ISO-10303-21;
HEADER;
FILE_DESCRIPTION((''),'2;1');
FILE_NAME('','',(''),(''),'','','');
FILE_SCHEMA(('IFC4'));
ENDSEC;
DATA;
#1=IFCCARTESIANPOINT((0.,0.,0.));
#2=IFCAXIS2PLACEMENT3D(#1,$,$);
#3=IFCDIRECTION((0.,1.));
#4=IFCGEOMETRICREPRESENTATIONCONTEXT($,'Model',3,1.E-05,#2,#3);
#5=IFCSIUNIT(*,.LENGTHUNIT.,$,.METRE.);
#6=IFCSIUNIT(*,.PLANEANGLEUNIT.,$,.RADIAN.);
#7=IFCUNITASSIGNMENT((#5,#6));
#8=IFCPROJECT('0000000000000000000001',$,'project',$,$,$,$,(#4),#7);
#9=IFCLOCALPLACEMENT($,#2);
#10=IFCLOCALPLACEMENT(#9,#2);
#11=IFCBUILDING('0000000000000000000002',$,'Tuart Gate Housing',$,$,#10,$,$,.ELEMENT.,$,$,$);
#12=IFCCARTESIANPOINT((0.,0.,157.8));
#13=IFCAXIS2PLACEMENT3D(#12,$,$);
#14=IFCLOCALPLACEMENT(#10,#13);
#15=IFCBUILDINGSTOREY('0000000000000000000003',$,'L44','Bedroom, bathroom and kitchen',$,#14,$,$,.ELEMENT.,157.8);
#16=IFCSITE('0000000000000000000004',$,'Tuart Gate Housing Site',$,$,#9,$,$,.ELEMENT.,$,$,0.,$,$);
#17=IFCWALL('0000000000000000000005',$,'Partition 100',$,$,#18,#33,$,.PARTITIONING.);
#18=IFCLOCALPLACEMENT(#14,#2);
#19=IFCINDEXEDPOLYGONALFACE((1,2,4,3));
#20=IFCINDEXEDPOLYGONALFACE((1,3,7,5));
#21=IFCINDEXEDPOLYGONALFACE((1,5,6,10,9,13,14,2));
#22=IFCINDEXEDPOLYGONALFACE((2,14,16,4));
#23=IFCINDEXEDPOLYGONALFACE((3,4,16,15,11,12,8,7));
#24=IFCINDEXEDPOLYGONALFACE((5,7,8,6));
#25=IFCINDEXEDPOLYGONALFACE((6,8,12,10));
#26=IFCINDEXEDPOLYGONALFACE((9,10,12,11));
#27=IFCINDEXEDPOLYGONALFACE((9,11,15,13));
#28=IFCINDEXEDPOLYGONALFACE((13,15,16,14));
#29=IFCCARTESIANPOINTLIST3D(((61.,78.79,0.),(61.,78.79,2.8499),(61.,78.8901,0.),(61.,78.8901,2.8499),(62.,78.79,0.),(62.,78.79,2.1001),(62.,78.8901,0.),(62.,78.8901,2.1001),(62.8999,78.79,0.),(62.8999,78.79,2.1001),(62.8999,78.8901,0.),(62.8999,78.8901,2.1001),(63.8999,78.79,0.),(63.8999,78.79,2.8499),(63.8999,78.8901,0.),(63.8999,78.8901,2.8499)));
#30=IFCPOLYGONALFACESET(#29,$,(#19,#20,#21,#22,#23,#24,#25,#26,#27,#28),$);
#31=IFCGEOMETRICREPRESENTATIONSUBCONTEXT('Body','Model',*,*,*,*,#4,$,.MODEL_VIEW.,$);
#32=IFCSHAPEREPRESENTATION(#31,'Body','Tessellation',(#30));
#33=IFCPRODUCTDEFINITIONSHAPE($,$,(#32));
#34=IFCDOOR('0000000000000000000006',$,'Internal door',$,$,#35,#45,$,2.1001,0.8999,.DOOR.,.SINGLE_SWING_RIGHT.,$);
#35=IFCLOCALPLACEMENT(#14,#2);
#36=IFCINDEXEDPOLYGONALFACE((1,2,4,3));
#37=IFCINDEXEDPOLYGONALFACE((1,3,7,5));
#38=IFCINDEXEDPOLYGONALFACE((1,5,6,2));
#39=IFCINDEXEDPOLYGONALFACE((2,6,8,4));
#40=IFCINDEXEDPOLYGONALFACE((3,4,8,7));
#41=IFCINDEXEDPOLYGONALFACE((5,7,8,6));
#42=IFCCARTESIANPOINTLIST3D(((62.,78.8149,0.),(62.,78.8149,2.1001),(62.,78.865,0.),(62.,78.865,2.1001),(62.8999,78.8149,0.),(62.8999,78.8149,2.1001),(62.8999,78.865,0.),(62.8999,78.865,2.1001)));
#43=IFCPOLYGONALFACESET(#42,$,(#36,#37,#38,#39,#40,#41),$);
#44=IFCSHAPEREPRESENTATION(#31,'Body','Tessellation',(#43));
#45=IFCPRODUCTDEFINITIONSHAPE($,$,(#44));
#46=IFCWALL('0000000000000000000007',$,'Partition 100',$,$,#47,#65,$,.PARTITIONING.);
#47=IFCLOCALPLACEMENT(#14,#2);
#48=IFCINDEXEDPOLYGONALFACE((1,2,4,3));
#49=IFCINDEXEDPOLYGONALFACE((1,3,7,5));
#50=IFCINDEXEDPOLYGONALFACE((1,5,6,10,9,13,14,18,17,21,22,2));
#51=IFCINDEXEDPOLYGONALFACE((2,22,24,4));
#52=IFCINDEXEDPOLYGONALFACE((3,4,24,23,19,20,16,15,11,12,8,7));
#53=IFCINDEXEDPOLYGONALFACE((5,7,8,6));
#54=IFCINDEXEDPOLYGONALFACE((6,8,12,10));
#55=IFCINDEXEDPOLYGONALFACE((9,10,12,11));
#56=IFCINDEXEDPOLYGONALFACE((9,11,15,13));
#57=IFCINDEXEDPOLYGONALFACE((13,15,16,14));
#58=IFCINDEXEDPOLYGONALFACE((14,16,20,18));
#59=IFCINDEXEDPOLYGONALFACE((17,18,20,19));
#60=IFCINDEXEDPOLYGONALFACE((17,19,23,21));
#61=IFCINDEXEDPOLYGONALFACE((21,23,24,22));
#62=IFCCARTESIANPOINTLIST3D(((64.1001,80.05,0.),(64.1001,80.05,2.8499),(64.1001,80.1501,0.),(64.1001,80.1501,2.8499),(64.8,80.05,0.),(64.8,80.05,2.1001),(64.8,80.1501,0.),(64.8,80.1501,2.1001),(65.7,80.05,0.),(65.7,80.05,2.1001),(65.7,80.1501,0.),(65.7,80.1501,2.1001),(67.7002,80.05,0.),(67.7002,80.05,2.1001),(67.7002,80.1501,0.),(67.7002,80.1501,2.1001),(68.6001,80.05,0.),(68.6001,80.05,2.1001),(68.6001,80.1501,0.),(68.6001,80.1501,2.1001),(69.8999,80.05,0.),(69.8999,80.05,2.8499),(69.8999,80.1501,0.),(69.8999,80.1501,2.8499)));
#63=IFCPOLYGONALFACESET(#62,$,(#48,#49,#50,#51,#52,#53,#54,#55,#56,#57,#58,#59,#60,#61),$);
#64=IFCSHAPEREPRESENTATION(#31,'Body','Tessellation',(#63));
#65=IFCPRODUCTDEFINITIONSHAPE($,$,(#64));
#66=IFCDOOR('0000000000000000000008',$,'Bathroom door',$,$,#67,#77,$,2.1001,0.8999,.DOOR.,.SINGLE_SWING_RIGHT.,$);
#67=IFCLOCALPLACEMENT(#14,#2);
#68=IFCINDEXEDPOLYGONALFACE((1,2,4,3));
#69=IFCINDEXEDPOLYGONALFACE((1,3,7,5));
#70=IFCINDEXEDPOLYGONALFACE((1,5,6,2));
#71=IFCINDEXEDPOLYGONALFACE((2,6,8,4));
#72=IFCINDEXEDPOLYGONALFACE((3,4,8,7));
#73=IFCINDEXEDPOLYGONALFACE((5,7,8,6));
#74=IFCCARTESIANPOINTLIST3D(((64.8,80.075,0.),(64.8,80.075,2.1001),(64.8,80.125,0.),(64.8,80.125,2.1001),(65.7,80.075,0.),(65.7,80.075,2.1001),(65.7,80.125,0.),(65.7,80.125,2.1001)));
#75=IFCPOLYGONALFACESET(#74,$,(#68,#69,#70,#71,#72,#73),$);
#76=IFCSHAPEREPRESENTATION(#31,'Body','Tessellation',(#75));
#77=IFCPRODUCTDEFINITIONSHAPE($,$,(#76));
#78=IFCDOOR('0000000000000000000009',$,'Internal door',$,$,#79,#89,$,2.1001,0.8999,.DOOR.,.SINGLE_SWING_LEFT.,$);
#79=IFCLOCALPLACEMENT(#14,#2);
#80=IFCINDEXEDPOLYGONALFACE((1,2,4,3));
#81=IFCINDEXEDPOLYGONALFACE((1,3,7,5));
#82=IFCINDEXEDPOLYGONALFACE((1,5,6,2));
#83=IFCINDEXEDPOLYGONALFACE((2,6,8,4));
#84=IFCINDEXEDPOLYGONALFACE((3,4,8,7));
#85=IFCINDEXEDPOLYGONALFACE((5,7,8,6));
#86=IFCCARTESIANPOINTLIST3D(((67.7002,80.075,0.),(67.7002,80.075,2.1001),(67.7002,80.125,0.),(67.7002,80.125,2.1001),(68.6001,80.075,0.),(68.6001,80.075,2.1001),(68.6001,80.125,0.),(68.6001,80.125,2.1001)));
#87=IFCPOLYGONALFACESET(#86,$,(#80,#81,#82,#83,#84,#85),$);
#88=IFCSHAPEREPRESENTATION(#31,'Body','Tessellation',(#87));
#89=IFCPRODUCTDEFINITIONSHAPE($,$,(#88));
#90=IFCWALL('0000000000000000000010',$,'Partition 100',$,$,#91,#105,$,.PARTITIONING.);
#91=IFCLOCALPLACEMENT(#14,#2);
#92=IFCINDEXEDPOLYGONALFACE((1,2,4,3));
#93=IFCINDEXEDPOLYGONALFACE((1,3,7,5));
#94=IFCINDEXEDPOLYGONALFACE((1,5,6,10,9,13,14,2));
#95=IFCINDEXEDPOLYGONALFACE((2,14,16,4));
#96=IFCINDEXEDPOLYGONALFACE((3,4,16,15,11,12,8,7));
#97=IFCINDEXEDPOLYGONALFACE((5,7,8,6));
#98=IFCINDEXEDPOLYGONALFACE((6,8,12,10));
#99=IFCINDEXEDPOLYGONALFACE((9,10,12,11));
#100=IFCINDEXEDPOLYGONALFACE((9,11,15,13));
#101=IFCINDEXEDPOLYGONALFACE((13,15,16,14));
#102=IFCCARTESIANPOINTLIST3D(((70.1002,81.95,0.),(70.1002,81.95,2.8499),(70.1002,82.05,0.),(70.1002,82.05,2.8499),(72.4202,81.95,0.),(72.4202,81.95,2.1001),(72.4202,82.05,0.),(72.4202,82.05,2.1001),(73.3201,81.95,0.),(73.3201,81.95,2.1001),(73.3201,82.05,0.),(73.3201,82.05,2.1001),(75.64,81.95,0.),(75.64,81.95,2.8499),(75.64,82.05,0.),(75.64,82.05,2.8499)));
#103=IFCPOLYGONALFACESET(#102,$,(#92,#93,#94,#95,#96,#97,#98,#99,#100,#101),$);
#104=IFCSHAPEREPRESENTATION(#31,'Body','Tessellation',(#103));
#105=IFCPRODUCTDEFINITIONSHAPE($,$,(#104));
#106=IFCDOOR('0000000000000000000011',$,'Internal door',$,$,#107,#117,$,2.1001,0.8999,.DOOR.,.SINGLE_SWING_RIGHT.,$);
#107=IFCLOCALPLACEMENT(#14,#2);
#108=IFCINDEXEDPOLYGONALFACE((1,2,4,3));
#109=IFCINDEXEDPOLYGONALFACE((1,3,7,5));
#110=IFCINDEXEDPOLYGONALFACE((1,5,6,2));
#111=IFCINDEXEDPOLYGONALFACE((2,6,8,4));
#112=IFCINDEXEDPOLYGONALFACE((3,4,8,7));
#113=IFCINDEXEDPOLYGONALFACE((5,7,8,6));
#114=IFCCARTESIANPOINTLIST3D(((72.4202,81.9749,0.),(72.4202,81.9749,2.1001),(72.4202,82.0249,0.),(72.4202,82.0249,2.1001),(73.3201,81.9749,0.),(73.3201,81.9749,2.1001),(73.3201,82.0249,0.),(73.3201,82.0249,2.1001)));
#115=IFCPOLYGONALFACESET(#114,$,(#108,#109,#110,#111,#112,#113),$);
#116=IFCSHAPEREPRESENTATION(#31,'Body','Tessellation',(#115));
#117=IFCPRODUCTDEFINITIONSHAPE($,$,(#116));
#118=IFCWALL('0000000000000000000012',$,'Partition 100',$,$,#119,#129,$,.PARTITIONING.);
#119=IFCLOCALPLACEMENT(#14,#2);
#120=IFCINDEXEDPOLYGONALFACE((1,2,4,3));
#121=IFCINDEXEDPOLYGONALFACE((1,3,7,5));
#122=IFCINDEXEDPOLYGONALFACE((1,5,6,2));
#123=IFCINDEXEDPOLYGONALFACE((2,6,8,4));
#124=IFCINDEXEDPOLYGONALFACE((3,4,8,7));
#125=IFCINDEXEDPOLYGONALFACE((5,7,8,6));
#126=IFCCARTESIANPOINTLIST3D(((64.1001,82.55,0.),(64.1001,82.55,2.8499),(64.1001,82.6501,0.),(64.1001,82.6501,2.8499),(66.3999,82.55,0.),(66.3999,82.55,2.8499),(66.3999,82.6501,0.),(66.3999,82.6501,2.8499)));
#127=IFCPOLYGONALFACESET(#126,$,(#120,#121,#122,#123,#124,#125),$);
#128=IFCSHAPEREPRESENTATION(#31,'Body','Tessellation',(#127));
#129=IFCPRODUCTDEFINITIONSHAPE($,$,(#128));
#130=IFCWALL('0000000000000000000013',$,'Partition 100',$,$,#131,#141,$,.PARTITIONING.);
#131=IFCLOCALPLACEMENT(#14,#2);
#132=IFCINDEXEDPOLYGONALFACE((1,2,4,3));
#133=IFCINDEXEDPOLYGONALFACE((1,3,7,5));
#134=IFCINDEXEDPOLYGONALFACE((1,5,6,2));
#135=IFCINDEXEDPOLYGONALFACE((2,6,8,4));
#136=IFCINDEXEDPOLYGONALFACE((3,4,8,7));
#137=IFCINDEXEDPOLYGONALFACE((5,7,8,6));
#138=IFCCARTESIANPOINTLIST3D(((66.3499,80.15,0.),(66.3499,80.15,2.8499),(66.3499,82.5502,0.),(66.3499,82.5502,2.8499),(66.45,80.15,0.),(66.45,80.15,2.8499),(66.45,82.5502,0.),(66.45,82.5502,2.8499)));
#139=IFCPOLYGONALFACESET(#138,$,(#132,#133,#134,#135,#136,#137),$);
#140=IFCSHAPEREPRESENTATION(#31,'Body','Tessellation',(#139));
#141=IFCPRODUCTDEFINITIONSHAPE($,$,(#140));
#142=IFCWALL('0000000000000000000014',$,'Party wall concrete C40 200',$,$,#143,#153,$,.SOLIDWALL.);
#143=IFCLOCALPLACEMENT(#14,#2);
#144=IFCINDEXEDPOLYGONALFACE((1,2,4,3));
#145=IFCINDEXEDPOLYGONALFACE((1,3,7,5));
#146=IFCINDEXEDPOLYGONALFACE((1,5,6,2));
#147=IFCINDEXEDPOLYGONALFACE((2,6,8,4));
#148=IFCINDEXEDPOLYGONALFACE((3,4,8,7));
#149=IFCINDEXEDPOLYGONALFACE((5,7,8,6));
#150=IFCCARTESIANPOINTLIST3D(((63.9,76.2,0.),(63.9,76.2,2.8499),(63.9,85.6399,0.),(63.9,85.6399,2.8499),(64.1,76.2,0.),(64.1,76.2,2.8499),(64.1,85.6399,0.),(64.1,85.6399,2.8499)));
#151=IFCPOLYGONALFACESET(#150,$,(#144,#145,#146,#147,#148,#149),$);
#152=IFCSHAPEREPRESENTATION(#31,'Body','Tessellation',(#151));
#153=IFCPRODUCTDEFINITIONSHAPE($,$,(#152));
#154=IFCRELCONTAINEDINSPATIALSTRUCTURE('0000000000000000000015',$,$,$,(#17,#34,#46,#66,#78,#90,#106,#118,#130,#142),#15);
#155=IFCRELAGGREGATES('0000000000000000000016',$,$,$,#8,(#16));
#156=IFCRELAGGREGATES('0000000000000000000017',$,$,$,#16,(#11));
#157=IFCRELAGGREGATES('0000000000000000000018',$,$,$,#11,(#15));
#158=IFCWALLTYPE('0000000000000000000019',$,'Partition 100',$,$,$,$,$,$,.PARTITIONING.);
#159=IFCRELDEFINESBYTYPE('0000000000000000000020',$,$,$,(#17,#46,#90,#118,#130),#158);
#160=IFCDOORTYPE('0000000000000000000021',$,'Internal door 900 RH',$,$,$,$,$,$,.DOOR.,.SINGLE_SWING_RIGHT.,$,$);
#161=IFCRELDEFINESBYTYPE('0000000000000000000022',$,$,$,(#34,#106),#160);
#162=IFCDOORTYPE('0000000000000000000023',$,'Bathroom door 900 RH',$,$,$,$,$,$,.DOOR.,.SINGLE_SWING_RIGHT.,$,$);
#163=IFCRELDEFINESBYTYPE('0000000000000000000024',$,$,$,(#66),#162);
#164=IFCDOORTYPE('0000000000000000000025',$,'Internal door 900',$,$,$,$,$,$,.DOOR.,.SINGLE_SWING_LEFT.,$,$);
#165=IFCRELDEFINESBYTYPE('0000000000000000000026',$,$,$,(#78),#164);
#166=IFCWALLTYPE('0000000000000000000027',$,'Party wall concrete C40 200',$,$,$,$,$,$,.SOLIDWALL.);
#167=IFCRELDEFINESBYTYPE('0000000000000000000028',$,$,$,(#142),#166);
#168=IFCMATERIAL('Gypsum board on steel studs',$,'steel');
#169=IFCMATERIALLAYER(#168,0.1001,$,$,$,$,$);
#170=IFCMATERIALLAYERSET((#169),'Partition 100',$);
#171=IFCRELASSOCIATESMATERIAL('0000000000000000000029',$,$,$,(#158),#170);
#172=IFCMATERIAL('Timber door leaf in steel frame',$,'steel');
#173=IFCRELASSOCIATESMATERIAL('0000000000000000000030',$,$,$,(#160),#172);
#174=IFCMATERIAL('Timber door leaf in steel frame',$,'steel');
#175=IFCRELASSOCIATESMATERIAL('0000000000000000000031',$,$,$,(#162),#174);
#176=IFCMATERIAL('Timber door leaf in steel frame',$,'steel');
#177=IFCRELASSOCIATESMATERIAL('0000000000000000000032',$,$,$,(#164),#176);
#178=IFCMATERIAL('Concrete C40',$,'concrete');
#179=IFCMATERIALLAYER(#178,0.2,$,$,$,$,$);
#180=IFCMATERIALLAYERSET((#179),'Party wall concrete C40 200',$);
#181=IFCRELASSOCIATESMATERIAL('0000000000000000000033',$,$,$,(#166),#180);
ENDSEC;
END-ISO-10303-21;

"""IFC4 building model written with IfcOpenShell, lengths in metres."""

from ifc_helpers import new_model, si_unit, direction, frame, frame_2d, origin, place, context, subcontext, project, spatial, rectangle, extrude, material, layer, layer_set, type_object, element, fill, save


model = new_model("IFC4")

# Units and contexts
model_context = context("Model", 3, precision=1e-05, world=origin(), true_north=direction((0.0, 1.0)))
body_context = subcontext(model_context, "Body", "Model", "MODEL_VIEW")
ifc_project = project(units=[si_unit("LENGTHUNIT", "METRE"), si_unit("PLANEANGLEUNIT", "RADIAN")], contexts=[model_context])

# Site, building, storey
site_placement = place(None, origin())
site = spatial("IfcSite", under=ifc_project, at=site_placement, Name="Tuart Gate Housing Site", CompositionType="ELEMENT", RefElevation=0.0)
building_placement = place(site_placement, origin())
building = spatial("IfcBuilding", under=site, at=building_placement, Name="Tuart Gate Housing", CompositionType="ELEMENT")
storey_placement = place(building_placement, frame((0.0, 0.0, 157.8)))
storey = spatial("IfcBuildingStorey", under=building, at=storey_placement, Name="L44", Description="Bedroom, bathroom and kitchen", CompositionType="ELEMENT", Elevation=157.8)

# Wall, opening, door
ifc_material_1 = material(Name="Gypsum board on steel studs", Category="steel")
ifc_layer_1 = layer(ifc_material_1, 0.1001)
ifc_layer_set_1 = layer_set([ifc_layer_1], Name="Partition 100")
wall_type_1 = type_object("IfcWallType", Name="Partition 100", PredefinedType="PARTITIONING", material=ifc_layer_set_1)
wall_1_placement = place(storey_placement, frame((61.0, 78.8401, 0.0), z_axis=(0.0, 0.0, 1.0), x_axis=(1.0, 0.0, 0.0)))
wall_1 = element("IfcWall", 1, at=wall_1_placement, inside=storey, type_object=wall_type_1, Name="Partition 100", PredefinedType="PARTITIONING", context=body_context, shape_type="SweptSolid", body=[
    extrude(rectangle(XDim=2.8999, YDim=0.1001, at=frame_2d((1.45, 0.0))), origin(), (0.0, 0.0, 1.0), 2.8499),
])
opening_1_placement = place(wall_1_placement, frame((1.0, 0.0, 0.0)))
opening_1 = element("IfcOpeningElement", 2, at=opening_1_placement, cuts=wall_1, PredefinedType="OPENING", context=body_context, shape_type="SweptSolid", body=[
    extrude(rectangle(XDim=0.8999, YDim=2.1001, at=frame_2d((0.45, 1.05))), frame((0.0, 0.0601, 0.0), z_axis=(0.0, -1.0, 0.0), x_axis=(1.0, 0.0, 0.0)), (0.0, 0.0, 1.0), 0.1201),
])
ifc_material_2 = material(Name="Timber door leaf in steel frame", Category="steel")
door_type_1 = type_object("IfcDoorType", Name="Internal door 900 RH", OperationType="SINGLE_SWING_RIGHT", PredefinedType="DOOR", material=ifc_material_2)
door_1_placement = place(opening_1_placement, frame((0.8999, 0.0, 0.0), z_axis=(0.0, 0.0, 1.0), x_axis=(-1.0, 0.0, 0.0)))
door_1 = element("IfcDoor", 3, at=door_1_placement, inside=storey, type_object=door_type_1, Name="Internal door", OperationType="SINGLE_SWING_RIGHT", OverallHeight=2.1001, OverallWidth=0.8999, PredefinedType="DOOR", context=body_context, shape_type="SweptSolid", body=[
    extrude(rectangle(XDim=0.8999, YDim=2.1001, at=frame_2d((0.45, 1.05))), frame((0.0, 0.0251, 0.0), z_axis=(0.0, -1.0, 0.0), x_axis=(1.0, 0.0, 0.0)), (0.0, 0.0, 1.0), 0.05),
])
fill(opening_1, door_1)

# Wall, openings, doors
wall_2_placement = place(storey_placement, frame((64.1001, 80.1001, 0.0), z_axis=(0.0, 0.0, 1.0), x_axis=(1.0, 0.0, 0.0)))
wall_2 = element("IfcWall", 4, at=wall_2_placement, inside=storey, type_object=wall_type_1, Name="Partition 100", PredefinedType="PARTITIONING", context=body_context, shape_type="SweptSolid", body=[
    extrude(rectangle(XDim=5.7998, YDim=0.1001, at=frame_2d((2.8999, 0.0))), origin(), (0.0, 0.0, 1.0), 2.8499),
])
opening_2_placement = place(wall_2_placement, frame((3.6001, 0.0, 0.0)))
opening_2 = element("IfcOpeningElement", 5, at=opening_2_placement, cuts=wall_2, PredefinedType="OPENING", context=body_context, shape_type="SweptSolid", body=[
    extrude(rectangle(XDim=0.8999, YDim=2.1001, at=frame_2d((0.45, 1.05))), frame((0.0, 0.0601, 0.0), z_axis=(0.0, -1.0, 0.0), x_axis=(1.0, 0.0, 0.0)), (0.0, 0.0, 1.0), 0.1201),
])
opening_3_placement = place(wall_2_placement, frame((0.7, 0.0, 0.0)))
opening_3 = element("IfcOpeningElement", 6, at=opening_3_placement, cuts=wall_2, PredefinedType="OPENING", context=body_context, shape_type="SweptSolid", body=[
    extrude(rectangle(XDim=0.8999, YDim=2.1001, at=frame_2d((0.45, 1.05))), frame((0.0, 0.0601, 0.0), z_axis=(0.0, -1.0, 0.0), x_axis=(1.0, 0.0, 0.0)), (0.0, 0.0, 1.0), 0.1201),
])
ifc_material_3 = material(Name="Timber door leaf in steel frame", Category="steel")
door_type_2 = type_object("IfcDoorType", Name="Bathroom door 900 RH", OperationType="SINGLE_SWING_RIGHT", PredefinedType="DOOR", material=ifc_material_3)
door_2_placement = place(opening_3_placement, origin())
door_2 = element("IfcDoor", 7, at=door_2_placement, inside=storey, type_object=door_type_2, Name="Bathroom door", OperationType="SINGLE_SWING_RIGHT", OverallHeight=2.1001, OverallWidth=0.8999, PredefinedType="DOOR", context=body_context, shape_type="SweptSolid", body=[
    extrude(rectangle(XDim=0.8999, YDim=2.1001, at=frame_2d((0.45, 1.05))), frame((0.0, 0.0249, 0.0), z_axis=(0.0, -1.0, 0.0), x_axis=(1.0, 0.0, 0.0)), (0.0, 0.0, 1.0), 0.05),
])
fill(opening_3, door_2)
ifc_material_4 = material(Name="Timber door leaf in steel frame", Category="steel")
door_type_3 = type_object("IfcDoorType", Name="Internal door 900", OperationType="SINGLE_SWING_LEFT", PredefinedType="DOOR", material=ifc_material_4)
door_3_placement = place(opening_2_placement, origin())
door_3 = element("IfcDoor", 8, at=door_3_placement, inside=storey, type_object=door_type_3, Name="Internal door", OperationType="SINGLE_SWING_LEFT", OverallHeight=2.1001, OverallWidth=0.8999, PredefinedType="DOOR", context=body_context, shape_type="SweptSolid", body=[
    extrude(rectangle(XDim=0.8999, YDim=2.1001, at=frame_2d((0.45, 1.05))), frame((0.0, 0.0249, 0.0), z_axis=(0.0, -1.0, 0.0), x_axis=(1.0, 0.0, 0.0)), (0.0, 0.0, 1.0), 0.05),
])
fill(opening_2, door_3)

# Wall, opening, door
wall_3_placement = place(storey_placement, frame((70.1001, 82.0, 0.0), z_axis=(0.0, 0.0, 1.0), x_axis=(1.0, 0.0, 0.0)))
wall_3 = element("IfcWall", 9, at=wall_3_placement, inside=storey, type_object=wall_type_1, Name="Partition 100", PredefinedType="PARTITIONING", context=body_context, shape_type="SweptSolid", body=[
    extrude(rectangle(XDim=5.5398, YDim=0.1001, at=frame_2d((2.77, 0.0))), origin(), (0.0, 0.0, 1.0), 2.8499),
])
opening_4_placement = place(wall_3_placement, frame((2.3201, 0.0, 0.0)))
opening_4 = element("IfcOpeningElement", 10, at=opening_4_placement, cuts=wall_3, PredefinedType="OPENING", context=body_context, shape_type="SweptSolid", body=[
    extrude(rectangle(XDim=0.8999, YDim=2.1001, at=frame_2d((0.45, 1.05))), frame((0.0, 0.0601, 0.0), z_axis=(0.0, -1.0, 0.0), x_axis=(1.0, 0.0, 0.0)), (0.0, 0.0, 1.0), 0.1201),
])
door_4_placement = place(opening_4_placement, origin())
door_4 = element("IfcDoor", 11, at=door_4_placement, inside=storey, type_object=door_type_1, Name="Internal door", OperationType="SINGLE_SWING_RIGHT", OverallHeight=2.1001, OverallWidth=0.8999, PredefinedType="DOOR", context=body_context, shape_type="SweptSolid", body=[
    extrude(rectangle(XDim=0.8999, YDim=2.1001, at=frame_2d((0.45, 1.05))), frame((0.0, 0.0249, 0.0), z_axis=(0.0, -1.0, 0.0), x_axis=(1.0, 0.0, 0.0)), (0.0, 0.0, 1.0), 0.05),
])
fill(opening_4, door_4)

# Walls
wall_4_placement = place(storey_placement, frame((64.1001, 82.6001, 0.0), z_axis=(0.0, 0.0, 1.0), x_axis=(1.0, 0.0, 0.0)))
element("IfcWall", 12, at=wall_4_placement, inside=storey, type_object=wall_type_1, Name="Partition 100", PredefinedType="PARTITIONING", context=body_context, shape_type="SweptSolid", body=[
    extrude(rectangle(XDim=2.2998, YDim=0.1001, at=frame_2d((1.1499, 0.0))), origin(), (0.0, 0.0, 1.0), 2.8499),
])
wall_5_placement = place(storey_placement, frame((66.3999, 80.1499, 0.0), z_axis=(0.0, 0.0, 1.0), x_axis=(0.0, 1.0, 0.0)))
element("IfcWall", 13, at=wall_5_placement, inside=storey, type_object=wall_type_1, Name="Partition 100", PredefinedType="PARTITIONING", context=body_context, shape_type="SweptSolid", body=[
    extrude(rectangle(XDim=2.4001, YDim=0.1001, at=frame_2d((1.2002, 0.0))), origin(), (0.0, 0.0, 1.0), 2.8499),
])
ifc_material_5 = material(Name="Concrete C40", Category="concrete")
ifc_layer_2 = layer(ifc_material_5, 0.2)
ifc_layer_set_2 = layer_set([ifc_layer_2], Name="Party wall concrete C40 200")
wall_type_2 = type_object("IfcWallType", Name="Party wall concrete C40 200", PredefinedType="SOLIDWALL", material=ifc_layer_set_2)
wall_6_placement = place(storey_placement, frame((64.0, 76.2, 0.0), z_axis=(0.0, 0.0, 1.0), x_axis=(0.0, 1.0, 0.0)))
element("IfcWall", 14, at=wall_6_placement, inside=storey, type_object=wall_type_2, Name="Party wall concrete C40 200", PredefinedType="SOLIDWALL", context=body_context, shape_type="SweptSolid", body=[
    extrude(rectangle(XDim=9.4399, YDim=0.2, at=frame_2d((4.72, 0.0))), origin(), (0.0, 0.0, 1.0), 2.8499),
])

save(model, "model.ifc")
